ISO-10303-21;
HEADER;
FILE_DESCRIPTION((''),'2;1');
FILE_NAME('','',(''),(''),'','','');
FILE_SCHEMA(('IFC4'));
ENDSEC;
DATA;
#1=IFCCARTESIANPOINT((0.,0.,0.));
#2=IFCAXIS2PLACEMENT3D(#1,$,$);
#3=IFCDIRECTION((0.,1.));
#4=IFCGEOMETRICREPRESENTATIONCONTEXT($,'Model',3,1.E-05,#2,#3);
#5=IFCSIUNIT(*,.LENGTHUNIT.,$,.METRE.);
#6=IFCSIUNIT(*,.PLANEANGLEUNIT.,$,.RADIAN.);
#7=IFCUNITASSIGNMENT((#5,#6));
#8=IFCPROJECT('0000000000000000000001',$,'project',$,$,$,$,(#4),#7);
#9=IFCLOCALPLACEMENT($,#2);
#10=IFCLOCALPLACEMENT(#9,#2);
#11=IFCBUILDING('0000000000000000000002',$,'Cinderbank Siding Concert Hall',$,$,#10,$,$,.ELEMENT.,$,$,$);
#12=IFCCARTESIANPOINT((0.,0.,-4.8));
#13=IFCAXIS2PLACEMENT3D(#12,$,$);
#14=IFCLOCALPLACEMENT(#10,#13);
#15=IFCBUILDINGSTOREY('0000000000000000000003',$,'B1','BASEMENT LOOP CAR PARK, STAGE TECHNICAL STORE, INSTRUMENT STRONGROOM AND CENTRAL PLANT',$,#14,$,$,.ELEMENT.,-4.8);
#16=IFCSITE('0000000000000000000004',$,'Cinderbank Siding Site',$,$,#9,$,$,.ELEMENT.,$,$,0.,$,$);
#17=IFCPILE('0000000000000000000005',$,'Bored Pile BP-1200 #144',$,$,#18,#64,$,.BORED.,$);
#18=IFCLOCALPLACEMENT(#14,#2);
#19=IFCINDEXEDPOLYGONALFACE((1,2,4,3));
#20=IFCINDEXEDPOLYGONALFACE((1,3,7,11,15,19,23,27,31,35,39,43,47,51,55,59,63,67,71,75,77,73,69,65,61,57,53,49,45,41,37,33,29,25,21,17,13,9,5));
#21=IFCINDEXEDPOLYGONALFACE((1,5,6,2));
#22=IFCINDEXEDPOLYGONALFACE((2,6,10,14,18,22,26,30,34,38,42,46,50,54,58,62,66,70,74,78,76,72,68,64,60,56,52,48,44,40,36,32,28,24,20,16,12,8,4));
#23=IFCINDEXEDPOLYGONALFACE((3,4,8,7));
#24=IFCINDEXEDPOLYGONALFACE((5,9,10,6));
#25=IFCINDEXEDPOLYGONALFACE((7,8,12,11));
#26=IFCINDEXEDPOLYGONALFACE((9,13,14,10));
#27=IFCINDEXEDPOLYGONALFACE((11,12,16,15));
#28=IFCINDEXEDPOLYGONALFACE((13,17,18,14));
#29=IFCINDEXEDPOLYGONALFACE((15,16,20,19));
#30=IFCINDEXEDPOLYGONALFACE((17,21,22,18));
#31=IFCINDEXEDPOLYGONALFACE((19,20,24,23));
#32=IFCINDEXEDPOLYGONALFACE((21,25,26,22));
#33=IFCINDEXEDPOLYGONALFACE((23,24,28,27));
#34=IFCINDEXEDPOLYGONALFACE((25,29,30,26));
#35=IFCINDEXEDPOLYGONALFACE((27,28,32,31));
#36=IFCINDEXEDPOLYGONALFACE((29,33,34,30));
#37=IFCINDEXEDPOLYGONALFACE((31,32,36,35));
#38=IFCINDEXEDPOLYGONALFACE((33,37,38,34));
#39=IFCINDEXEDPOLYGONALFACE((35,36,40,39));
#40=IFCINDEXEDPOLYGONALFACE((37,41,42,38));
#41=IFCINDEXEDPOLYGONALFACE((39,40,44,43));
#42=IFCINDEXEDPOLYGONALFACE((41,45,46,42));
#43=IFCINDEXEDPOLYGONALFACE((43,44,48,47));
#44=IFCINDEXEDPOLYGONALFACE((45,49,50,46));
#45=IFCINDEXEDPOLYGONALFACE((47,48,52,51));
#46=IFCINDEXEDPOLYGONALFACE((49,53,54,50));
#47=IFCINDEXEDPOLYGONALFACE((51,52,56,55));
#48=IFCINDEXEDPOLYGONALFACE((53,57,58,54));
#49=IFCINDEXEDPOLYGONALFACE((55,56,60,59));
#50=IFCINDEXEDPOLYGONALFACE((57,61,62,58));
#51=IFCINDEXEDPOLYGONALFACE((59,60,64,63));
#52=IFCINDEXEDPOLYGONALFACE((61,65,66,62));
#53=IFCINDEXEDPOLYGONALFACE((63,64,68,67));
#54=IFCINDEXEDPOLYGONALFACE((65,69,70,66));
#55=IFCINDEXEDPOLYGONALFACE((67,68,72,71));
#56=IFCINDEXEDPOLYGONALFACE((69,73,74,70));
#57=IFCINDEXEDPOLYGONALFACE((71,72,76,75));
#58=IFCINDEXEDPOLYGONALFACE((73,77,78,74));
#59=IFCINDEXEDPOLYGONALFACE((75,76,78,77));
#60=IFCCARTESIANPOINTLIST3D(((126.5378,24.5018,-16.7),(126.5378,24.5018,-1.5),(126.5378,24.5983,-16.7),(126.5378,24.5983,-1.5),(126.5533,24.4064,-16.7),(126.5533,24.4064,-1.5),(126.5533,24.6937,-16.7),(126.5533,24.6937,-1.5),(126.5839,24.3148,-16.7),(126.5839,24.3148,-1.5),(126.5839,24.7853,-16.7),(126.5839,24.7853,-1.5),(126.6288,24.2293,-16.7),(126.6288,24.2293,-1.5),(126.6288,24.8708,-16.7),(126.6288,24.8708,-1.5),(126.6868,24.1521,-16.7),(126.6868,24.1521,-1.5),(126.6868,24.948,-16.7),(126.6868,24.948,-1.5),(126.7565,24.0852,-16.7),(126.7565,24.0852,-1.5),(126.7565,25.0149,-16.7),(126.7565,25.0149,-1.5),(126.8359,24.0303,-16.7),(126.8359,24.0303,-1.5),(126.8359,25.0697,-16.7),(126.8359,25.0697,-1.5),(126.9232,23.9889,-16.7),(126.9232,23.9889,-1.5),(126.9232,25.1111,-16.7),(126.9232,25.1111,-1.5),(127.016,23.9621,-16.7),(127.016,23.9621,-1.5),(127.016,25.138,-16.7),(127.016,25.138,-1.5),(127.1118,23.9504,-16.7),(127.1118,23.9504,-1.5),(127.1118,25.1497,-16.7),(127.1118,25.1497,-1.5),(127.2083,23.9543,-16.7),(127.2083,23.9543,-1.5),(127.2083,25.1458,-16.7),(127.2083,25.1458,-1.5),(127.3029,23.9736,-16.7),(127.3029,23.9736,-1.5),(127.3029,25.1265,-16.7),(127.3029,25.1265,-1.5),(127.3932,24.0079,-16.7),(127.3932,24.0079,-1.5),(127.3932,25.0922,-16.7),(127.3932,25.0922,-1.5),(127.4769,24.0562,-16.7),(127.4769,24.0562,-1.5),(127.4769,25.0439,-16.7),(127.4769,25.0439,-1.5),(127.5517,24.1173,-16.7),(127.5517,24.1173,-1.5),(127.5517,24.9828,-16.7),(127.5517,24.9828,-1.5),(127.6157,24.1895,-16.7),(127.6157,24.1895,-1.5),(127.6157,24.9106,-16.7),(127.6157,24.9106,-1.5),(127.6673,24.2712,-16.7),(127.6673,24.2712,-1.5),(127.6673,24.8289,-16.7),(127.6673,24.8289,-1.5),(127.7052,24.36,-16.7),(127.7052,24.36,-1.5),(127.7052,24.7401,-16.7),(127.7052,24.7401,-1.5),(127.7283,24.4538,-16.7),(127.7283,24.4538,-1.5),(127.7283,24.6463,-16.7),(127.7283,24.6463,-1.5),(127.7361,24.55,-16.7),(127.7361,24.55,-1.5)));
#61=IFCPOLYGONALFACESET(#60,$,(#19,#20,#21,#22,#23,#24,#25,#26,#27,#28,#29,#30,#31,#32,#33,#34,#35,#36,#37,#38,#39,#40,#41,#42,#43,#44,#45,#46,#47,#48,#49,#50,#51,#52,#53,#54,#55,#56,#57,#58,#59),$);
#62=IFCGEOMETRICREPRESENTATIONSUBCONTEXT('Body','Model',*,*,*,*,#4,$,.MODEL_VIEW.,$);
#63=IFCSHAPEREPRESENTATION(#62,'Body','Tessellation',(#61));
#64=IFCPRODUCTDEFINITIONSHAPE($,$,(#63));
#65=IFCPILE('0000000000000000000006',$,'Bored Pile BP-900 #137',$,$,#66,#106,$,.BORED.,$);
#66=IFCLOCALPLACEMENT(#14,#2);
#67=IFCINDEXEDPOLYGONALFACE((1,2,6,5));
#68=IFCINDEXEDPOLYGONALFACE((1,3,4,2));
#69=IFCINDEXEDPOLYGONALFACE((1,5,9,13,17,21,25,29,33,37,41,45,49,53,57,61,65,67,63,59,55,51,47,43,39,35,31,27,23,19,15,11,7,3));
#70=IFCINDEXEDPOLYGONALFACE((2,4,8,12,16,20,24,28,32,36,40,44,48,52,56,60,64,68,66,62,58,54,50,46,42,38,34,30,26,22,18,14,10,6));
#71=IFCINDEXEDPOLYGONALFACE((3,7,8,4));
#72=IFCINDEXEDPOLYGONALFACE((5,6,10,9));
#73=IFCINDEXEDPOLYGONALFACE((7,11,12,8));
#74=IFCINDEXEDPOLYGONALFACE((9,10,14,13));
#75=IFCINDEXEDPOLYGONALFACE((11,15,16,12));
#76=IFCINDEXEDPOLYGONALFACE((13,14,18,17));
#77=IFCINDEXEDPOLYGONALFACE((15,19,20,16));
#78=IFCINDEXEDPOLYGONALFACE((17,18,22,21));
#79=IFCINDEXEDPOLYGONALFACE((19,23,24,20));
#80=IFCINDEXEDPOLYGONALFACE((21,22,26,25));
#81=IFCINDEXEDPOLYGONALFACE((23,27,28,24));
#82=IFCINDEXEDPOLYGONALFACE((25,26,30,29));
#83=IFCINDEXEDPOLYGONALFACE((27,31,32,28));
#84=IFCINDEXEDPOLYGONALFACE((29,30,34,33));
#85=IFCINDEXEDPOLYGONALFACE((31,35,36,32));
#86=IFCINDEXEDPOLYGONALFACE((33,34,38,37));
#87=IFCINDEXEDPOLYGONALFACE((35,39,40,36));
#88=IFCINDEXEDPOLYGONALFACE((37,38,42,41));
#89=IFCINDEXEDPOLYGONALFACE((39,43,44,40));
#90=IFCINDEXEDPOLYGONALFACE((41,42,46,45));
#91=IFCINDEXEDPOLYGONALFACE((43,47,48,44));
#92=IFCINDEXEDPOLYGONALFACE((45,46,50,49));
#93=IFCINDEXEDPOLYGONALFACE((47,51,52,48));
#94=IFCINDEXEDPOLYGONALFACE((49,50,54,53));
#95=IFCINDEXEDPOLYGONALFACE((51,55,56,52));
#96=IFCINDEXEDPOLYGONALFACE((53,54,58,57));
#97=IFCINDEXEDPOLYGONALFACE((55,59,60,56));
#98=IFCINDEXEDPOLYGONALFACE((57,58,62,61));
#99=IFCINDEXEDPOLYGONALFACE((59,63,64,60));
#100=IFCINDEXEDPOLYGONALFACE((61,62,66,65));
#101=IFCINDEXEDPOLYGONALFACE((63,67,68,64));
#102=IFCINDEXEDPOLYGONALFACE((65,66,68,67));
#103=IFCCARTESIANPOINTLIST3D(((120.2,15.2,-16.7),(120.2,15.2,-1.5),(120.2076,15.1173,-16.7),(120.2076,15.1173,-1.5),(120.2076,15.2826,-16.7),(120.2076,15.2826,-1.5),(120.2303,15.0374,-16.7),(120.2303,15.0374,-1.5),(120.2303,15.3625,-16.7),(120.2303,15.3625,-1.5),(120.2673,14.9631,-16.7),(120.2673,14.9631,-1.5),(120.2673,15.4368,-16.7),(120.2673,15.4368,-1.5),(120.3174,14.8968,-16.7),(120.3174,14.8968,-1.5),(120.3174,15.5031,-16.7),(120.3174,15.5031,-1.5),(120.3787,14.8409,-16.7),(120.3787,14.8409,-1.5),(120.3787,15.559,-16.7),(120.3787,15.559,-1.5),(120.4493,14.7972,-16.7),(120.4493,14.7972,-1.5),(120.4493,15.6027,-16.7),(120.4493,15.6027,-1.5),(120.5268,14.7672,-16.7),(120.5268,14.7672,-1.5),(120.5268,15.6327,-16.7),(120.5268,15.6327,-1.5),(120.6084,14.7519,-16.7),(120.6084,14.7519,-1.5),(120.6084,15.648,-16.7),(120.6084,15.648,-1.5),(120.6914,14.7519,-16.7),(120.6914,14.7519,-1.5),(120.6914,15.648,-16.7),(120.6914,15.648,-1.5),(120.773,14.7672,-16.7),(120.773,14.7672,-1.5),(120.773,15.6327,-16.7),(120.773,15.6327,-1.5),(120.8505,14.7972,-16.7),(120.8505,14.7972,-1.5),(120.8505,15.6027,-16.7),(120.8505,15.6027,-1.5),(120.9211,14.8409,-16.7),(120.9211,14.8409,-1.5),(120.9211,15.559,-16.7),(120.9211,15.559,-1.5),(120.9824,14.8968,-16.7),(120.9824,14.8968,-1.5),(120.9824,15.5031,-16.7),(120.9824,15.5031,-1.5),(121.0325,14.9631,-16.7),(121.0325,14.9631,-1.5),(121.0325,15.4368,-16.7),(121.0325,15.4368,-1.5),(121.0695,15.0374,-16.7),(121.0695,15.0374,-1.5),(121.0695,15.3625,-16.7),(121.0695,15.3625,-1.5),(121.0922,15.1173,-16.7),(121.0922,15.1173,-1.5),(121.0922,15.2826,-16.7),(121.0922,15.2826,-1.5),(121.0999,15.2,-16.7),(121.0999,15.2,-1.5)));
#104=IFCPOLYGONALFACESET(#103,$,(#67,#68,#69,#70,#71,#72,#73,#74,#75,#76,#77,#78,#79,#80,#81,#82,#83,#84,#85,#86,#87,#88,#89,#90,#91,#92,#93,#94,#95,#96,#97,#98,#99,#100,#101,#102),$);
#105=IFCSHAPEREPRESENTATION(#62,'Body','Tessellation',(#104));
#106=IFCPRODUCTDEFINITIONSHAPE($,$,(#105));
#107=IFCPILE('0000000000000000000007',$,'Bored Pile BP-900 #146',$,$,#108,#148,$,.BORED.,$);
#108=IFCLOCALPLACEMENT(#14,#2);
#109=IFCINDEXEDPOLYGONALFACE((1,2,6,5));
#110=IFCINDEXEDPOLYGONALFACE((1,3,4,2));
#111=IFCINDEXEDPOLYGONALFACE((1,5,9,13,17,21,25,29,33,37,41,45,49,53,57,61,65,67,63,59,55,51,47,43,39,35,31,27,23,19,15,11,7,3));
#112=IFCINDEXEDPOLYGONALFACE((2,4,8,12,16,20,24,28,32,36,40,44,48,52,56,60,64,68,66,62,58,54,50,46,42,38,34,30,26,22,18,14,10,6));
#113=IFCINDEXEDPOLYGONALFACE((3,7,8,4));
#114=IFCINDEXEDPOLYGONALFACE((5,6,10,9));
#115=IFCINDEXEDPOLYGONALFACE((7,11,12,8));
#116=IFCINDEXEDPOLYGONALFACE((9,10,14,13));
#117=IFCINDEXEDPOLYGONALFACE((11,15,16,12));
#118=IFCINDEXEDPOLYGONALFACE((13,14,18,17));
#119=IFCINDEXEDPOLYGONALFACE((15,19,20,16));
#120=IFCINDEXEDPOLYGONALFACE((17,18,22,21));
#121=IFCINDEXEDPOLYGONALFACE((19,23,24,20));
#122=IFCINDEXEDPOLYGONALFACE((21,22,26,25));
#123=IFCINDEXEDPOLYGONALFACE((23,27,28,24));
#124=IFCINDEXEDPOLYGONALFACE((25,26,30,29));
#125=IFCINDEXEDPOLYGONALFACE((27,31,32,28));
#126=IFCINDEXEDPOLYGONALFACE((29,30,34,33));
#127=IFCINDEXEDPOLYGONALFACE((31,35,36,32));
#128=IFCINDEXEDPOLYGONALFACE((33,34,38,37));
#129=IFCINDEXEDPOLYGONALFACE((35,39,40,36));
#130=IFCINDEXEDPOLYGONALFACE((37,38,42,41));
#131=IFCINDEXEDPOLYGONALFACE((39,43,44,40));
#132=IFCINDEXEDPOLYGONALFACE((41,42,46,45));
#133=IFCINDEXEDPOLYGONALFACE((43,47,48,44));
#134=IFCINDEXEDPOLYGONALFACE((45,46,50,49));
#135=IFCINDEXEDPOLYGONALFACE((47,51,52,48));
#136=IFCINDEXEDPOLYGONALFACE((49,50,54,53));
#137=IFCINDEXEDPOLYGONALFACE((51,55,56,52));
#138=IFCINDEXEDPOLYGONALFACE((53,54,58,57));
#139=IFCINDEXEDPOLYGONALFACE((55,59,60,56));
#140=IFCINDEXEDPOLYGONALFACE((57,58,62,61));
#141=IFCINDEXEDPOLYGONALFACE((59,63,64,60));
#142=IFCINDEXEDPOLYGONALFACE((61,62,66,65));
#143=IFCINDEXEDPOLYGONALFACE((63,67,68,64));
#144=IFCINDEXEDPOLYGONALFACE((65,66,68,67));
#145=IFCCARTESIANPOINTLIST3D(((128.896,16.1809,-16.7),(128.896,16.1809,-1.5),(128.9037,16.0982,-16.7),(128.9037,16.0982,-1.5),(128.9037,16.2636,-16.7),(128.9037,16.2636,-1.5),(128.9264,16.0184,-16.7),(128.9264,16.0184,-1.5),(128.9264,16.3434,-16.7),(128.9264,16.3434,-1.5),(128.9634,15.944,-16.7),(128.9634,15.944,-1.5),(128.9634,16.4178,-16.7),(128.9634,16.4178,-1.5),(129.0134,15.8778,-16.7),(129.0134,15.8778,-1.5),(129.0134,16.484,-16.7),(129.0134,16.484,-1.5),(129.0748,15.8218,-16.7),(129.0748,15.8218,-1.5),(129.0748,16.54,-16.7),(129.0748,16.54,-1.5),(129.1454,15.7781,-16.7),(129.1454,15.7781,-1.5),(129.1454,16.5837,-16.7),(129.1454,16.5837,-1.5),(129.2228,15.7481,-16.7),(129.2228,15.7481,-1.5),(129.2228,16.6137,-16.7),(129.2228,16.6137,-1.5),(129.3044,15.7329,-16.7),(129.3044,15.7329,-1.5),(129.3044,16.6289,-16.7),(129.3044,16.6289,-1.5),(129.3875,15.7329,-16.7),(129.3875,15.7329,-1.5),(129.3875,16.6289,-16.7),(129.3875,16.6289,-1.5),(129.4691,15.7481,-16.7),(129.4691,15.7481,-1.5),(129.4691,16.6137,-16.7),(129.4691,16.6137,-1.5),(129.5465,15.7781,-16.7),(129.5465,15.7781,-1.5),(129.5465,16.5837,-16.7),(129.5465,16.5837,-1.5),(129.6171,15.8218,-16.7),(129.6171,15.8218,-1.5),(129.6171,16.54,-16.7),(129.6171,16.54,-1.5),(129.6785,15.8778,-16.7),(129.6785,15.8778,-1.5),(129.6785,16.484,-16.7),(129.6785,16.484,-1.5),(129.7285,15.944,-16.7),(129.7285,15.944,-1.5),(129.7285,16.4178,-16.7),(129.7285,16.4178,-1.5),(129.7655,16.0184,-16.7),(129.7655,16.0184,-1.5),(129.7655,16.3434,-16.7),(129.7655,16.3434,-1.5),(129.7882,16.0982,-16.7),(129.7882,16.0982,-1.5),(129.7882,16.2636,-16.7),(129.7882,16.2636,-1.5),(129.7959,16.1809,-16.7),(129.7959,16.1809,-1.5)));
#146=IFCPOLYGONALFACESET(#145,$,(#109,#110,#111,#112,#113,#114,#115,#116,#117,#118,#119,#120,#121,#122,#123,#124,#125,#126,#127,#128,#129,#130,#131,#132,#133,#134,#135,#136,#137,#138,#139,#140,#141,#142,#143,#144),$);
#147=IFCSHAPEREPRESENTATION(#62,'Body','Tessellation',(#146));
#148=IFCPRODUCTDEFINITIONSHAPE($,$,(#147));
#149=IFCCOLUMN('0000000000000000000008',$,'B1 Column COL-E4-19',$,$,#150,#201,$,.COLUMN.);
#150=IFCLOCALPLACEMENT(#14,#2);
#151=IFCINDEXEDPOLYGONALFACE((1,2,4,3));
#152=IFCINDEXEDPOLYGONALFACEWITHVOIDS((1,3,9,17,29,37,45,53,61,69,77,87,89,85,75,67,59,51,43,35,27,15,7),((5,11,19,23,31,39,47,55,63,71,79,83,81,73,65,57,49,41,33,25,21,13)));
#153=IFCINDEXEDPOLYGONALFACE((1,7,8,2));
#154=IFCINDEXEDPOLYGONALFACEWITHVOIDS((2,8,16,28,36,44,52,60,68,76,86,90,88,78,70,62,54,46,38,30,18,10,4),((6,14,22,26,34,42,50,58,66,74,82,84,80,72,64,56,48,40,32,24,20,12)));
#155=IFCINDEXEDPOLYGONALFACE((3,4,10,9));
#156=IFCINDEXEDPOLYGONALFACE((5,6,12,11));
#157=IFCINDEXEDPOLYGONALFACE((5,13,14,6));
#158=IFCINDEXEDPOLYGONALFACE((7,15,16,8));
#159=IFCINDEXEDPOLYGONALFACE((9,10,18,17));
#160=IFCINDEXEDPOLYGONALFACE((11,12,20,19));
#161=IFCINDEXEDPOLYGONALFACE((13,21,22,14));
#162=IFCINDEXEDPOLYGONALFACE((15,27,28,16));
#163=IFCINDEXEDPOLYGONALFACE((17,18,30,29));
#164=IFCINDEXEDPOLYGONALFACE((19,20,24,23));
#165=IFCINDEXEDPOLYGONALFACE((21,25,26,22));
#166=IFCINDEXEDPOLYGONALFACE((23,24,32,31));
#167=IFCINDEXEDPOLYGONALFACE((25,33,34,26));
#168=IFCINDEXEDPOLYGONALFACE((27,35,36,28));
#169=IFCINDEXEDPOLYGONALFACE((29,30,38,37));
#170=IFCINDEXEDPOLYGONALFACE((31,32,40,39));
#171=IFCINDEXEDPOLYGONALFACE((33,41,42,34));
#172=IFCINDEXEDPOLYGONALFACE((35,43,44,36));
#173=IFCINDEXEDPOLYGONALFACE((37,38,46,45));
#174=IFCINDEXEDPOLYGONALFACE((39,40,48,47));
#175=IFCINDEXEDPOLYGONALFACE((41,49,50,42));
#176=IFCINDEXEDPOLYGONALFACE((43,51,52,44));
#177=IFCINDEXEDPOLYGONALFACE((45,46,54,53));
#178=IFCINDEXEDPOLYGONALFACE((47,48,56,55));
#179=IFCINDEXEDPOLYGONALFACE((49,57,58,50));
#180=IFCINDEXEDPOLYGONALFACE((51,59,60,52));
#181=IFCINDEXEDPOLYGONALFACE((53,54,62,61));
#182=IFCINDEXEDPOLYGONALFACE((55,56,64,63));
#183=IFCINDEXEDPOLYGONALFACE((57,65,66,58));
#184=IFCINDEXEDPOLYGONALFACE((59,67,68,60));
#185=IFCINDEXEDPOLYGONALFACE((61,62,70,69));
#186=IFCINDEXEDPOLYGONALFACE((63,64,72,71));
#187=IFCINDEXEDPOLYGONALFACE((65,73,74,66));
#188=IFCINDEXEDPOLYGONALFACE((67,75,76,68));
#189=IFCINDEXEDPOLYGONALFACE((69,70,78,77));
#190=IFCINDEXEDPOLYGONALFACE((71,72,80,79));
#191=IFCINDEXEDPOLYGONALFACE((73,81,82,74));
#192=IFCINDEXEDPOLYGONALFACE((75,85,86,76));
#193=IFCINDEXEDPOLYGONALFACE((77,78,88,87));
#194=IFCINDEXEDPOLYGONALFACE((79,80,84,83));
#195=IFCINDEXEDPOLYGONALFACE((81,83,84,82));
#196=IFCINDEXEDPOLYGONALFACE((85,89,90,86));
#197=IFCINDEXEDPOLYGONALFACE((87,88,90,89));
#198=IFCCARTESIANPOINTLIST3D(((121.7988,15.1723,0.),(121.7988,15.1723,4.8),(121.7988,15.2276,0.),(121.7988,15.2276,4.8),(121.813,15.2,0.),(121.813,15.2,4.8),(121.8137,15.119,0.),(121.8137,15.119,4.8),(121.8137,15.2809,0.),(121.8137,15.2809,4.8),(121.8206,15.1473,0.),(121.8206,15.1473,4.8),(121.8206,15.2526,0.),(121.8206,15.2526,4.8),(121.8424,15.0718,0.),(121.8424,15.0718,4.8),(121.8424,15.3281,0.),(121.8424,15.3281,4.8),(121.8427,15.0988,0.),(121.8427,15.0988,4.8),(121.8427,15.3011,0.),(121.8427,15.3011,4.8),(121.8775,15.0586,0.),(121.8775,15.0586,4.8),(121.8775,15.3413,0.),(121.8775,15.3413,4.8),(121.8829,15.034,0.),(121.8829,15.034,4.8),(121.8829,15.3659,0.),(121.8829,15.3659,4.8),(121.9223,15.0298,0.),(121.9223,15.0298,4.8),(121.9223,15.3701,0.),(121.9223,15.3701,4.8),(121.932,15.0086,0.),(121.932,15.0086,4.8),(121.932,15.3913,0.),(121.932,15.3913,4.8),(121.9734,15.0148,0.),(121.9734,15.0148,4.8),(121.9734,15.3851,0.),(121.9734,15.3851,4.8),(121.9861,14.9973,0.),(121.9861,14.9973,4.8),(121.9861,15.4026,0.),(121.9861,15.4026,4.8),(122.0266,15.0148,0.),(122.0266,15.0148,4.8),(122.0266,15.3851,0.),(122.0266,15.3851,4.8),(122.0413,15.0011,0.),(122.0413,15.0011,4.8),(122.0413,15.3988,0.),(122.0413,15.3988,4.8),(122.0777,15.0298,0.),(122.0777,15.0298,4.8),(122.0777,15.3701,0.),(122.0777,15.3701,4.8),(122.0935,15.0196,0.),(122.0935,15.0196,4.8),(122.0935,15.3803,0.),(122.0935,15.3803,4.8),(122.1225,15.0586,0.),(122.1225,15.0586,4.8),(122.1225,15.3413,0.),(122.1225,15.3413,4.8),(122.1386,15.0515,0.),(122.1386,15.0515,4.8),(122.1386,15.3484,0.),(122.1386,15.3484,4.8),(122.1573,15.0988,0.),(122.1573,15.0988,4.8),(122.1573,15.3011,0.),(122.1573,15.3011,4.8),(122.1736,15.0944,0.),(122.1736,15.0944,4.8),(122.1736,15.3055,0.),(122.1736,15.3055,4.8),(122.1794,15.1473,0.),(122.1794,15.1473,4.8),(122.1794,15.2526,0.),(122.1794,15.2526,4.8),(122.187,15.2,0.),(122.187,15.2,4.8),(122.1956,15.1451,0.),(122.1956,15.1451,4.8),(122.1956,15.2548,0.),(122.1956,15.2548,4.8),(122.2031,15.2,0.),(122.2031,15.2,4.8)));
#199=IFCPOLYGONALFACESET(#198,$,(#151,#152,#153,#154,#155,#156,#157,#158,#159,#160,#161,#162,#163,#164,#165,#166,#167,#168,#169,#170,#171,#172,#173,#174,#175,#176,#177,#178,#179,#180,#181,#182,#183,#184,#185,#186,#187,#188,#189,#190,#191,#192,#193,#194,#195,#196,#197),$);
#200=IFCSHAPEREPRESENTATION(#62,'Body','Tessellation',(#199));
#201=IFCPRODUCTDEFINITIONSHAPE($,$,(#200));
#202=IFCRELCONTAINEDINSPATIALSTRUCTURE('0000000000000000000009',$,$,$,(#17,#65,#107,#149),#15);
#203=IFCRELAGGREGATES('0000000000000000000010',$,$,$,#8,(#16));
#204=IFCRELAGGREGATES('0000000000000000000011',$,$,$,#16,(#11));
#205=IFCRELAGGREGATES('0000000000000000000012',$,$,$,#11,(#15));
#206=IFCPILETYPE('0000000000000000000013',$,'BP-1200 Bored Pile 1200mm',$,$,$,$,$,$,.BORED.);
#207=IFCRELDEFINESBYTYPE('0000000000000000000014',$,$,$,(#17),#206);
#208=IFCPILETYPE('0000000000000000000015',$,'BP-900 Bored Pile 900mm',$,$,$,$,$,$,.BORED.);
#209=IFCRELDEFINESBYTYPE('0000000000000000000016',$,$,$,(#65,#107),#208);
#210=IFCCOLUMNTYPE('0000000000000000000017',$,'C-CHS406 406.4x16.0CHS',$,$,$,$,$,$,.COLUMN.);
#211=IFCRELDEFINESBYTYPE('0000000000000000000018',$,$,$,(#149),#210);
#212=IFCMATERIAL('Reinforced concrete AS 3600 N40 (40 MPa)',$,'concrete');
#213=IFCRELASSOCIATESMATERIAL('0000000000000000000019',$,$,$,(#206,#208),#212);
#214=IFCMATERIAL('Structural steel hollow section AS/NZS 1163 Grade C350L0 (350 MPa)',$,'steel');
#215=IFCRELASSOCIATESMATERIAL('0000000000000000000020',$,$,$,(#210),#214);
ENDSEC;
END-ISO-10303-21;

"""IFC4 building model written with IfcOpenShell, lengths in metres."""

from ifc_helpers import new_model, si_unit, direction, frame, origin, origin_2d, place, context, subcontext, project, spatial, circle, hollow_circle, extrude, material, material_profile, profile_set, type_object, element, save


model = new_model("IFC4")

# Units and contexts
model_context = context("Model", 3, precision=1e-05, world=origin(), true_north=direction((0.0, 1.0)))
body_context = subcontext(model_context, "Body", "Model", "MODEL_VIEW")
ifc_project = project(units=[si_unit("LENGTHUNIT", "METRE"), si_unit("PLANEANGLEUNIT", "RADIAN")], contexts=[model_context])

# Site, building, storey
site_placement = place(None, origin())
site = spatial("IfcSite", under=ifc_project, at=site_placement, Name="Cinderbank Siding Site", CompositionType="ELEMENT", RefElevation=0.0)
building_placement = place(site_placement, origin())
building = spatial("IfcBuilding", under=site, at=building_placement, Name="Cinderbank Siding Concert Hall", CompositionType="ELEMENT")
storey_placement = place(building_placement, frame((0.0, 0.0, -4.8)))
storey = spatial("IfcBuildingStorey", under=building, at=storey_placement, Name="B1", Description="BASEMENT LOOP CAR PARK, STAGE TECHNICAL STORE, INSTRUMENT STRONGROOM AND CENTRAL PLANT", CompositionType="ELEMENT", Elevation=-4.8)

# Piles
ifc_material_1 = material(Name="Reinforced concrete AS 3600 N40 (40 MPa)", Category="concrete")
ifc_material_profile_1 = material_profile(ifc_material_1, circle(Radius=0.6001, at=origin_2d()), Name="PILE-1200DIA", Category="LoadBearing")
ifc_profile_set_1 = profile_set([ifc_material_profile_1], Name="Reinforced concrete AS 3600 N40 (40 MPa)")
pile_type_1 = type_object("IfcPileType", Name="BP-1200 Bored Pile 1200mm", PredefinedType="BORED", material=ifc_profile_set_1)
for number, where, z_axis, x_axis, name in (
    (1, (127.136, 24.55, -1.5), (0.0, 0.0, -1.0), (1.0, 0.0, 0.0), "Bored Pile BP-1200 #144"),
):
    element("IfcPile", number, at=place(storey_placement, frame(where, z_axis=z_axis, x_axis=x_axis)), inside=storey, type_object=pile_type_1, Name=name, PredefinedType="BORED", context=body_context, shape_type="SweptSolid", body=[
        extrude(circle(Radius=0.6001, at=origin_2d()), origin(), (0.0, 0.0, 1.0), 15.2),
    ])
ifc_material_profile_2 = material_profile(ifc_material_1, circle(Radius=0.45, at=origin_2d()), Name="PILE-900DIA", Category="LoadBearing")
ifc_profile_set_2 = profile_set([ifc_material_profile_2], Name="Reinforced concrete AS 3600 N40 (40 MPa)")
pile_type_2 = type_object("IfcPileType", Name="BP-900 Bored Pile 900mm", PredefinedType="BORED", material=ifc_profile_set_2)
for number, where, z_axis, x_axis, name in (
    (2, (120.6499, 15.2, -1.5), (0.0, 0.0, -1.0), (1.0, 0.0, 0.0), "Bored Pile BP-900 #137"),
    (3, (129.3459, 16.1809, -1.5), (0.0, 0.0, -1.0), (1.0, 0.0, 0.0), "Bored Pile BP-900 #146"),
):
    element("IfcPile", number, at=place(storey_placement, frame(where, z_axis=z_axis, x_axis=x_axis)), inside=storey, type_object=pile_type_2, Name=name, PredefinedType="BORED", context=body_context, shape_type="SweptSolid", body=[
        extrude(circle(Radius=0.45, at=origin_2d()), origin(), (0.0, 0.0, 1.0), 15.2),
    ])

# Column
ifc_material_2 = material(Name="Structural steel hollow section AS/NZS 1163 Grade C350L0 (350 MPa)", Category="steel")
ifc_material_profile_3 = material_profile(ifc_material_2, hollow_circle(Radius=0.2031, WallThickness=0.0161, at=origin_2d()), Name="406.4x16.0CHS", Category="LoadBearing")
ifc_profile_set_3 = profile_set([ifc_material_profile_3], Name="Structural steel hollow section AS/NZS 1163 Grade C350L0 (350 MPa)")
column_type_1 = type_object("IfcColumnType", Name="C-CHS406 406.4x16.0CHS", PredefinedType="COLUMN", material=ifc_profile_set_3)
for number, where, z_axis, x_axis, name in (
    (4, (122.0, 15.2, 0.0), (0.0, 0.0, 1.0), (1.0, 0.0, 0.0), "B1 Column COL-E4-19"),
):
    element("IfcColumn", number, at=place(storey_placement, frame(where, z_axis=z_axis, x_axis=x_axis)), inside=storey, type_object=column_type_1, Name=name, PredefinedType="COLUMN", context=body_context, shape_type="SweptSolid", body=[
        extrude(hollow_circle(Radius=0.2031, WallThickness=0.0161, at=origin_2d()), origin(), (0.0, 0.0, 1.0), 4.8),
    ])

save(model, "model.ifc")
